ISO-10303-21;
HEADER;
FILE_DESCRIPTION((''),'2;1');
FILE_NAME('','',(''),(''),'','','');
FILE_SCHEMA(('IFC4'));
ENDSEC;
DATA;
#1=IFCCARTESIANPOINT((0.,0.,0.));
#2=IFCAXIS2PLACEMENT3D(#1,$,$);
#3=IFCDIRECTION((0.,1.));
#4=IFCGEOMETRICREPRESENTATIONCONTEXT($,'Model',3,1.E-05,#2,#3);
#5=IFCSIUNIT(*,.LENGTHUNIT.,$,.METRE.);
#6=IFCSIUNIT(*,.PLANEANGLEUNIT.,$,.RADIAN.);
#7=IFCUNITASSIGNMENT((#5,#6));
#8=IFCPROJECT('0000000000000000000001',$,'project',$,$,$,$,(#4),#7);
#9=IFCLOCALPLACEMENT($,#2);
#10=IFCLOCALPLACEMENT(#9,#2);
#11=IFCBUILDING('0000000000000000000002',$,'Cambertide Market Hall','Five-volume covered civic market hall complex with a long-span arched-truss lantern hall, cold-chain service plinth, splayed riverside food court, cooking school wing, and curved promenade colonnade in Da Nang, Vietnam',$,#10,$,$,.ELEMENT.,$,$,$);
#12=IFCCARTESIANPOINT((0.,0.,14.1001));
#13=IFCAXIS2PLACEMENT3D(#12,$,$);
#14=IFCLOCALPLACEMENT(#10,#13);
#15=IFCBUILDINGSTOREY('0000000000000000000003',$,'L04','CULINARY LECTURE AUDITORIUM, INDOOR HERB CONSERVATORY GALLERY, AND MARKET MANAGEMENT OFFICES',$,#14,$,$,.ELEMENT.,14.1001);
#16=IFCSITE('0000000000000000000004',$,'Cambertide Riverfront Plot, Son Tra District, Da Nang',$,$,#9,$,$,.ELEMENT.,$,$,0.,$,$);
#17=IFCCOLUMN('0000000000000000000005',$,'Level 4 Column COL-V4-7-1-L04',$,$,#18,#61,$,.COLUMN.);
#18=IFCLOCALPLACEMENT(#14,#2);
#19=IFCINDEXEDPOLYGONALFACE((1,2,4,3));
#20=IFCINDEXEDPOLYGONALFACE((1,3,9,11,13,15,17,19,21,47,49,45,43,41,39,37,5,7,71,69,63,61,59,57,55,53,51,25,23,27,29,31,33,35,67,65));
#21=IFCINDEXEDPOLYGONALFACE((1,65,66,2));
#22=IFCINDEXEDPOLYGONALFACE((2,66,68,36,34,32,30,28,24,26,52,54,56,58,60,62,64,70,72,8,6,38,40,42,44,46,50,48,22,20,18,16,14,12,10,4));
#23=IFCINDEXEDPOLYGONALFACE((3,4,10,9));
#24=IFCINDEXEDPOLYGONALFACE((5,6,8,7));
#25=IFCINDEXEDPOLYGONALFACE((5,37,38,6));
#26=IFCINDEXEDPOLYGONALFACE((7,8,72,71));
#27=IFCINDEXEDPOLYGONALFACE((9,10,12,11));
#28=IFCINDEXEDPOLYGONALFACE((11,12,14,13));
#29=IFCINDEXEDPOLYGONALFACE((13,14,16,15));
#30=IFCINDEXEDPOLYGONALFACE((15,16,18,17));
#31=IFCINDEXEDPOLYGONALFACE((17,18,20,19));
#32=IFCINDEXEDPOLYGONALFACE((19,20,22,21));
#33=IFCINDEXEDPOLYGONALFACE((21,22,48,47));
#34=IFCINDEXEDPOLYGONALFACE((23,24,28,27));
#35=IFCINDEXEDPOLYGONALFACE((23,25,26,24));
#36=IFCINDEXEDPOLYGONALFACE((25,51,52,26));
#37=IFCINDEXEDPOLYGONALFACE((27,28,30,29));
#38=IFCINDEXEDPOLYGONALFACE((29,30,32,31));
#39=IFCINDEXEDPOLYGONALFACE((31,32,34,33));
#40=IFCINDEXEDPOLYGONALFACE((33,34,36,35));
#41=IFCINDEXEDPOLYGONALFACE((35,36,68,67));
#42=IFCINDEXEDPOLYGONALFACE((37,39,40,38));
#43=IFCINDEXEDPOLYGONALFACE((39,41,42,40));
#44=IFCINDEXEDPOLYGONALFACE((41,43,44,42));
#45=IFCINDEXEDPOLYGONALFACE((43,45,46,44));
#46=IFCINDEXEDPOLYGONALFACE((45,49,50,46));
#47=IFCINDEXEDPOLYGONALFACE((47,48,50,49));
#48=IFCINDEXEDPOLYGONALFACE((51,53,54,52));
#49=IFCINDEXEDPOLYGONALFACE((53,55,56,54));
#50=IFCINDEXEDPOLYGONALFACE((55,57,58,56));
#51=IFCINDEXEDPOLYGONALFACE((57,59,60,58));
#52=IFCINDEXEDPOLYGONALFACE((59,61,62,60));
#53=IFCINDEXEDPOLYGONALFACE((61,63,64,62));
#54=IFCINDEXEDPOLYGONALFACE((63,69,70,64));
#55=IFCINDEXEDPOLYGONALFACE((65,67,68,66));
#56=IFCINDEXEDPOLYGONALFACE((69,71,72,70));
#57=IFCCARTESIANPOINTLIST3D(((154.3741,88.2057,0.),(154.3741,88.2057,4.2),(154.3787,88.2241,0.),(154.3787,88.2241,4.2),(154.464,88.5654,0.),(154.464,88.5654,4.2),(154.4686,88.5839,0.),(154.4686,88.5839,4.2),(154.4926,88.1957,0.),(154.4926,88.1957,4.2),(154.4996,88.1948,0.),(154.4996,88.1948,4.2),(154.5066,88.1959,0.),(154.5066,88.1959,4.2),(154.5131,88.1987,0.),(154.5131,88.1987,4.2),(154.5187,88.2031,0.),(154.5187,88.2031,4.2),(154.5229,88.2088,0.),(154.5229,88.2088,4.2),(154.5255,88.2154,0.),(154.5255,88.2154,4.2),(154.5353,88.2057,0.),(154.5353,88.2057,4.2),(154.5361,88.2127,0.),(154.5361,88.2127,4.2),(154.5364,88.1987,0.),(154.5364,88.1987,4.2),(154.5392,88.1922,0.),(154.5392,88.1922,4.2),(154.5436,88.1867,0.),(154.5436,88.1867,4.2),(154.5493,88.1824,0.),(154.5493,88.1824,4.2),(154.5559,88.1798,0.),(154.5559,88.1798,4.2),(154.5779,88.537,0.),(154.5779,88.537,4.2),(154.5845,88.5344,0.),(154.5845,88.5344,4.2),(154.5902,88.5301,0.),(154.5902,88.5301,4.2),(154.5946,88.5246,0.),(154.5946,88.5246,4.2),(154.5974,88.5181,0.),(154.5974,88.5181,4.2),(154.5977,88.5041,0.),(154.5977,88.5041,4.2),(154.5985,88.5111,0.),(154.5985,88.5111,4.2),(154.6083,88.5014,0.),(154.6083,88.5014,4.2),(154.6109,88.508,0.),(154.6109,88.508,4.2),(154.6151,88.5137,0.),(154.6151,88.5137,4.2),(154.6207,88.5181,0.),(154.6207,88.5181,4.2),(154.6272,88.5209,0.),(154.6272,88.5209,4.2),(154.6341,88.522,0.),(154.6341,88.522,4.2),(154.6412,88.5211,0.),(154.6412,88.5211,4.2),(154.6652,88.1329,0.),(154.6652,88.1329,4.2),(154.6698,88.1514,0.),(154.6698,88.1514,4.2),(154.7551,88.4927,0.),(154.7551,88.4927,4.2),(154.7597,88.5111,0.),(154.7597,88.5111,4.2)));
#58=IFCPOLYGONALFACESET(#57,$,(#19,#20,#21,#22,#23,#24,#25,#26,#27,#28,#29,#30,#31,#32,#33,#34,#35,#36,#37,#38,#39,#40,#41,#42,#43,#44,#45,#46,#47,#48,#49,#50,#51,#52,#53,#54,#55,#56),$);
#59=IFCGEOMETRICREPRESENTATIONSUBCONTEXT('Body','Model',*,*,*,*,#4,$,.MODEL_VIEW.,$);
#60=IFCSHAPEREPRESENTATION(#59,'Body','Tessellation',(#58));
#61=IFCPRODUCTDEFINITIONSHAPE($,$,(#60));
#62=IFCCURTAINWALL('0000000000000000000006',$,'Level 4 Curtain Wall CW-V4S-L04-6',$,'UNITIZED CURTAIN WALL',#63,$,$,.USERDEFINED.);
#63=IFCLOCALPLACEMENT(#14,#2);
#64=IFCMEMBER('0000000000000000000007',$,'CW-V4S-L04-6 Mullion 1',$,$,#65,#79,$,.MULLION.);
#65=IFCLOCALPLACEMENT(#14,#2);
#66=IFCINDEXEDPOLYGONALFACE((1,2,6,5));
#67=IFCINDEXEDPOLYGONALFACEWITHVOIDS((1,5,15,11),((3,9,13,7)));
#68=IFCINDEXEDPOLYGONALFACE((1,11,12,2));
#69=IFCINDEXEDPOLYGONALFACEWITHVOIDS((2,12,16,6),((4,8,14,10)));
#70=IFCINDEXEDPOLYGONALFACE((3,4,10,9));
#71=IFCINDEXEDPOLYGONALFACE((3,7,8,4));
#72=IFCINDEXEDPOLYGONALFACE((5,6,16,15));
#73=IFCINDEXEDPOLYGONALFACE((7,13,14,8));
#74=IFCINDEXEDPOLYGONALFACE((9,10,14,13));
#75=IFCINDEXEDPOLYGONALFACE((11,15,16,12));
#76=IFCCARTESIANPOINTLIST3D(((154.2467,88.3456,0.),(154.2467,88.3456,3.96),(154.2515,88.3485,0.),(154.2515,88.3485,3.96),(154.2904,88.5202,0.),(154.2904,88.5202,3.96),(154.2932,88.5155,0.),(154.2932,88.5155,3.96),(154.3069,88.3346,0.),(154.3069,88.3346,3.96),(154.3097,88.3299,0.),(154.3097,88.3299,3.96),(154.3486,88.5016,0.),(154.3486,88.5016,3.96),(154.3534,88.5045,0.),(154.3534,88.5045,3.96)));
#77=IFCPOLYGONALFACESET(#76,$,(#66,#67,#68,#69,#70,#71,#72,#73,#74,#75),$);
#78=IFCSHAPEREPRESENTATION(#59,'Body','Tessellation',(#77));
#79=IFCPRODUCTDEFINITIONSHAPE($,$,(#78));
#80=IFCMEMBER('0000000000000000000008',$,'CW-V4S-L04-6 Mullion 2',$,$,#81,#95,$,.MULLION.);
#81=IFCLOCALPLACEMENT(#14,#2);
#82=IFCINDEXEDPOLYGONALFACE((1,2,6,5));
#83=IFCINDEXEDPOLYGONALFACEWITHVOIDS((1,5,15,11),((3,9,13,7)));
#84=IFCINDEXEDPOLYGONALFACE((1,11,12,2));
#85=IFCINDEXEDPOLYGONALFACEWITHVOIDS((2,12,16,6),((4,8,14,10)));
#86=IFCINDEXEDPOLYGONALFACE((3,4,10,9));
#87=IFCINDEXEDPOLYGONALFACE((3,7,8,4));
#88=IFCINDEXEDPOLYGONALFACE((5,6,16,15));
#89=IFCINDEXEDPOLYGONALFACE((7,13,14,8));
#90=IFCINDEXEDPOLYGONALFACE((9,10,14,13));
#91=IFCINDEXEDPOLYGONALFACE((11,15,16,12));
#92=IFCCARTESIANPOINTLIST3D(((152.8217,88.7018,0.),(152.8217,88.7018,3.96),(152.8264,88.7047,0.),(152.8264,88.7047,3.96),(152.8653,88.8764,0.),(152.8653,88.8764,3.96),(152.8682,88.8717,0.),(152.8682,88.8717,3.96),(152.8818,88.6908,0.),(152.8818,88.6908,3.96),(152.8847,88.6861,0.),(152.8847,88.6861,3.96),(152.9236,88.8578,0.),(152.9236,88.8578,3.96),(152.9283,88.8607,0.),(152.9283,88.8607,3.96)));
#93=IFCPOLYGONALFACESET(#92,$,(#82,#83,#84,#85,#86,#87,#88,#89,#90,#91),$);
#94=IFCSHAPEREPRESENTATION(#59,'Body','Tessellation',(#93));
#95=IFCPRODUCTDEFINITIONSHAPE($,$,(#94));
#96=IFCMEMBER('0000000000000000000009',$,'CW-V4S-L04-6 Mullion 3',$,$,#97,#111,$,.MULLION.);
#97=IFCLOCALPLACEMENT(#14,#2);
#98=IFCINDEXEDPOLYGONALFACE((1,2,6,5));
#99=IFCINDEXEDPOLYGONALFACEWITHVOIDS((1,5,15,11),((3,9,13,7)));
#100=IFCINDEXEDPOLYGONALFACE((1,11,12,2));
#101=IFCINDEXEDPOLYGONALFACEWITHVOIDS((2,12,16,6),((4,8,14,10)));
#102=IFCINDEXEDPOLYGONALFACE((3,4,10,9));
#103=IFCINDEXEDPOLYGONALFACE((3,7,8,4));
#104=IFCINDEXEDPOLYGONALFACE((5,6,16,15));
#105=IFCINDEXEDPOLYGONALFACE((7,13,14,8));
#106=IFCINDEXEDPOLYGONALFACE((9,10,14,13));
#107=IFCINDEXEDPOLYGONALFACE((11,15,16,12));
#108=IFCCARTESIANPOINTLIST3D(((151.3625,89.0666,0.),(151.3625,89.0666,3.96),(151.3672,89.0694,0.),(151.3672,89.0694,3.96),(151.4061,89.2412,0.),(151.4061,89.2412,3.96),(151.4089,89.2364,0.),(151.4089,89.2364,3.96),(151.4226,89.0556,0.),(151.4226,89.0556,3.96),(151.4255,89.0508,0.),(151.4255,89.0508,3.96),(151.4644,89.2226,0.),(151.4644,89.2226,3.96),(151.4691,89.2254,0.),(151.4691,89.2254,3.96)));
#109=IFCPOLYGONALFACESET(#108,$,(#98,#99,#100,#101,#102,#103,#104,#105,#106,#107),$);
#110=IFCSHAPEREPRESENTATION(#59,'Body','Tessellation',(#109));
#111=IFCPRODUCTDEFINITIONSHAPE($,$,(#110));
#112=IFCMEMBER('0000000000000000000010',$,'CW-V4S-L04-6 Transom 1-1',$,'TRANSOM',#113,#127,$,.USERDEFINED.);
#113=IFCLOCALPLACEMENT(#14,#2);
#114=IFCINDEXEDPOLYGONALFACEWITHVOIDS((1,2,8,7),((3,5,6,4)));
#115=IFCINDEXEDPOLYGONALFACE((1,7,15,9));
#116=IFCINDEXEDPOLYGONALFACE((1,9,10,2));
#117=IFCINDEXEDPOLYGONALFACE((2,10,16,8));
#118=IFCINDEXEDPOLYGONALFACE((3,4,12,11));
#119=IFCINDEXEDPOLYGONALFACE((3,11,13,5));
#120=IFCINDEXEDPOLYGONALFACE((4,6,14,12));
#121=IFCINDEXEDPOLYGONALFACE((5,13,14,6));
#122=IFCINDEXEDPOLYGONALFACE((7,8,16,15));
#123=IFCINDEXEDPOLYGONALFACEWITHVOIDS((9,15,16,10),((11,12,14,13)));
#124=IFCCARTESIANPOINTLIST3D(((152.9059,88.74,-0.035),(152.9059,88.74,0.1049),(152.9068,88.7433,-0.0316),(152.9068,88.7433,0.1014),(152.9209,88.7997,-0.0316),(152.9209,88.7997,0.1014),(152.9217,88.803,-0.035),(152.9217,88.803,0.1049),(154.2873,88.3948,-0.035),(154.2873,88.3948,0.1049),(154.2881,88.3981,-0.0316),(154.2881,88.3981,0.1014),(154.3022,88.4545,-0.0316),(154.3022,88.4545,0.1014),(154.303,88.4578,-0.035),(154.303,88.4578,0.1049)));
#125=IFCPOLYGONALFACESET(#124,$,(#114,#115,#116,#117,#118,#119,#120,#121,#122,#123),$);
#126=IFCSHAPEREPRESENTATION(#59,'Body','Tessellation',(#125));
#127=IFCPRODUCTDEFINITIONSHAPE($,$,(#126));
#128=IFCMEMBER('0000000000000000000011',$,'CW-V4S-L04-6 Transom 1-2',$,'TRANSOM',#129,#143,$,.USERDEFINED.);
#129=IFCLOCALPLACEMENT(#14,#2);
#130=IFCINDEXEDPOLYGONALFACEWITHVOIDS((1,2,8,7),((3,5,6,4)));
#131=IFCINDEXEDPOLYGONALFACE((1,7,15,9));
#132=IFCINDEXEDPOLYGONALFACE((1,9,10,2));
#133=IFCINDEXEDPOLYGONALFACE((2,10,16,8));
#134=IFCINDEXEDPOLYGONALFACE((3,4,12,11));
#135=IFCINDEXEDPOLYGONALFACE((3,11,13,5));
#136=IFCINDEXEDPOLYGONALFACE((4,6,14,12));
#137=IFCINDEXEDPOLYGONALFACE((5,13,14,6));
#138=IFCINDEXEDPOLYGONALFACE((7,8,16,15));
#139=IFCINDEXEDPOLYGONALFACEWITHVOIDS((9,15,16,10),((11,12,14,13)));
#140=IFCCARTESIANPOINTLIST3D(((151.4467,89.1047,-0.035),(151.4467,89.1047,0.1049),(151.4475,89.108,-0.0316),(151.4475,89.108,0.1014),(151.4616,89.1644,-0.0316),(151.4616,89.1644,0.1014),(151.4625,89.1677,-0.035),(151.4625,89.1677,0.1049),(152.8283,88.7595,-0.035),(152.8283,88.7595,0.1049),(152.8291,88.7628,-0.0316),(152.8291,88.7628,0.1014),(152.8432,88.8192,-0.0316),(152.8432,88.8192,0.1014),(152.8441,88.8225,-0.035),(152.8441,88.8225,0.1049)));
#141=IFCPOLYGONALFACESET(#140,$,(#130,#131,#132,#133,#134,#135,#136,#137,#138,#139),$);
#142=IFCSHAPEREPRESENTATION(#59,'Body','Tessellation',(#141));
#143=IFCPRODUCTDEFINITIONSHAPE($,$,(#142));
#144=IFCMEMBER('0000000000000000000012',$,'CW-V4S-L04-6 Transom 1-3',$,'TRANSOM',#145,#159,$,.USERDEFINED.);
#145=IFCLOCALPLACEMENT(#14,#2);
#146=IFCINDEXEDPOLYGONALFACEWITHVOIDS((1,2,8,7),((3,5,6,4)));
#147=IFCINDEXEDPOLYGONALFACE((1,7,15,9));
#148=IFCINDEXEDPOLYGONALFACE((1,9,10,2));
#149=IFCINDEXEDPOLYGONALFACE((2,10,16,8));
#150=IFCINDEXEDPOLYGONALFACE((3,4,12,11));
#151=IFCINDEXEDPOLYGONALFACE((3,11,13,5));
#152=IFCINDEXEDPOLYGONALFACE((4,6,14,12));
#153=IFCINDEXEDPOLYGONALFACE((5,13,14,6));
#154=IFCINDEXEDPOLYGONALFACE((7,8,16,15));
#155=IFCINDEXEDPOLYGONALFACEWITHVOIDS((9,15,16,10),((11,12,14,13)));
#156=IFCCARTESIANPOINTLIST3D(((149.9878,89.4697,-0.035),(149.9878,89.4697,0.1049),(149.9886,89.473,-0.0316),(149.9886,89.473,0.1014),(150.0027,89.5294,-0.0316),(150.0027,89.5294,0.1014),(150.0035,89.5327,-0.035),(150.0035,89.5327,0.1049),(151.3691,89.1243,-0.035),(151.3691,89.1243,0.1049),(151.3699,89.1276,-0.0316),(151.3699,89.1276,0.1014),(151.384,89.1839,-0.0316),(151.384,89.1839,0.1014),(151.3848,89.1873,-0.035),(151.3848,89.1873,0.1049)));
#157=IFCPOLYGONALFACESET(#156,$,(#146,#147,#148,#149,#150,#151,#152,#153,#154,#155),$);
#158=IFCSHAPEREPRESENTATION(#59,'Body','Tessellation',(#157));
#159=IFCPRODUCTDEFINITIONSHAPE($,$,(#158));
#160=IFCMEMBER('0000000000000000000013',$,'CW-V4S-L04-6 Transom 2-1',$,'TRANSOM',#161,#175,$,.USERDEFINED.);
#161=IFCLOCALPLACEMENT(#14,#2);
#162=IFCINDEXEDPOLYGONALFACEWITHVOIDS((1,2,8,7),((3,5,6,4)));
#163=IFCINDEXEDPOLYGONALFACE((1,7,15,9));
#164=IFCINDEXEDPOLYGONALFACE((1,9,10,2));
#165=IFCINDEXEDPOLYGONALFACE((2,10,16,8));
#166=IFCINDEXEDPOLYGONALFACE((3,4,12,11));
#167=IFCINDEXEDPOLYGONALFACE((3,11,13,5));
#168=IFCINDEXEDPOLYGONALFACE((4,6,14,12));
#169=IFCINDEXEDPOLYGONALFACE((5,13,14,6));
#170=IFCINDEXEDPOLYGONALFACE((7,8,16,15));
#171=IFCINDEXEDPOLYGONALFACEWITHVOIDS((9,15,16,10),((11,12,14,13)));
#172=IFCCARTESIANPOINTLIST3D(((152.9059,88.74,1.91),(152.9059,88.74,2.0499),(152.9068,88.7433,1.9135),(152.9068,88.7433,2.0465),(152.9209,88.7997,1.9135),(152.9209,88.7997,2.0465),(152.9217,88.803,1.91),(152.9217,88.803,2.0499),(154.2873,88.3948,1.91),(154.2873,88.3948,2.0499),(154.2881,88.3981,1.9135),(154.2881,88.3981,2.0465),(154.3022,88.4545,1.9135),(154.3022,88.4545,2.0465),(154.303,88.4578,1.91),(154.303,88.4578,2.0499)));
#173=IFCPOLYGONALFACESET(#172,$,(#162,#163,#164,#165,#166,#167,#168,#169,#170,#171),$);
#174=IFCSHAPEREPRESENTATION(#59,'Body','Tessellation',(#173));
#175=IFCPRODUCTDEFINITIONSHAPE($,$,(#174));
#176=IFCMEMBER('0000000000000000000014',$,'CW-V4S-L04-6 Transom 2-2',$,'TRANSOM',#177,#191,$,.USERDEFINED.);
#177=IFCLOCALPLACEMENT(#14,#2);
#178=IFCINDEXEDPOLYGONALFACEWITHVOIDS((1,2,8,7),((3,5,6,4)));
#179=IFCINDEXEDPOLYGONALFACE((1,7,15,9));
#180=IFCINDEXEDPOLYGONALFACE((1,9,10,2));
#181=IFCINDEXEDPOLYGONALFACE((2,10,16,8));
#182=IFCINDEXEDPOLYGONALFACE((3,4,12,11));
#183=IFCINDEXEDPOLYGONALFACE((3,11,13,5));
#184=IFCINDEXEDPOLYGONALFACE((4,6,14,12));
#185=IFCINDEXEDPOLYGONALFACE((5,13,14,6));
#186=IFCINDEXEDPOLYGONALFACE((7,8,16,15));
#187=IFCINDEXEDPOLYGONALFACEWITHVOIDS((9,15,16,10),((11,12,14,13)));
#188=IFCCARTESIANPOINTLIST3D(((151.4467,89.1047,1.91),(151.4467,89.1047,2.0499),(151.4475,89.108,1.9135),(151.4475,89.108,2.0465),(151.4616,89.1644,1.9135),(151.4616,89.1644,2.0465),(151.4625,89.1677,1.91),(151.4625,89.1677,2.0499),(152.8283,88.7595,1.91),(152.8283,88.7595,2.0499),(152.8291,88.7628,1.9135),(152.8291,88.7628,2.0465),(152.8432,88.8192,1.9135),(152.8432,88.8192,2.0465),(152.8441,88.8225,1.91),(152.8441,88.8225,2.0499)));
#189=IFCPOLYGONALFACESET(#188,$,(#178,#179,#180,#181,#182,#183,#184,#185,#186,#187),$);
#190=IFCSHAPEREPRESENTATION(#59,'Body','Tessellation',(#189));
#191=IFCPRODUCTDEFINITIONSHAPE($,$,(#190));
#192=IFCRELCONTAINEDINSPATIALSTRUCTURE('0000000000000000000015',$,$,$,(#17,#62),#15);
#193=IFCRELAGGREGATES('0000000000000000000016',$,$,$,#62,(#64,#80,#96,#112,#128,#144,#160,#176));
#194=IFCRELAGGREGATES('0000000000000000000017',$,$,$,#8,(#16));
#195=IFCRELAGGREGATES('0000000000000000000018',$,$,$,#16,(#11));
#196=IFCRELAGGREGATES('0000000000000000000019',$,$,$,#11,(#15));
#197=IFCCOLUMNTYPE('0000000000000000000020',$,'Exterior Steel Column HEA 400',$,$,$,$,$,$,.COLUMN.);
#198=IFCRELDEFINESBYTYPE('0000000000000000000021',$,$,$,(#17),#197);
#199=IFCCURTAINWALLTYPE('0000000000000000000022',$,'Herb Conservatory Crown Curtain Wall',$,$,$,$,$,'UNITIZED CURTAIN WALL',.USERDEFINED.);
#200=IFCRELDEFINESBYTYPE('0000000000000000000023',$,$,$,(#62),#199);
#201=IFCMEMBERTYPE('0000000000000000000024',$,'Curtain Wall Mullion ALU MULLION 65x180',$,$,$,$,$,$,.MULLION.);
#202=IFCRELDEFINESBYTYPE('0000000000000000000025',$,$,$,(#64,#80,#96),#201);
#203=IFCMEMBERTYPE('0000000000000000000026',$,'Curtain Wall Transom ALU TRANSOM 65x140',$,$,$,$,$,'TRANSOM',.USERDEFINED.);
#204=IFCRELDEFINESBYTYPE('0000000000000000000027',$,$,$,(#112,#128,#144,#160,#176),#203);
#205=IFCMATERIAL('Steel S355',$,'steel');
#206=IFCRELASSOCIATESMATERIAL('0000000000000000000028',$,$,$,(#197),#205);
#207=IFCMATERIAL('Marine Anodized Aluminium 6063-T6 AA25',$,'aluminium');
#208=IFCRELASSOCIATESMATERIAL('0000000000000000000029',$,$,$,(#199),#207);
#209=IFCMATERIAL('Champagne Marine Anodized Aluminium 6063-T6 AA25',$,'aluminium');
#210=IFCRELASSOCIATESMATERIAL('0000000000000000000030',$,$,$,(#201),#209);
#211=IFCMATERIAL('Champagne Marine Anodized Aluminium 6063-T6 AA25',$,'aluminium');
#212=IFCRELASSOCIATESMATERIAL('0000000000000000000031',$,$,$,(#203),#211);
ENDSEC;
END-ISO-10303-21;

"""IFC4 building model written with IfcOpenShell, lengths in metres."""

from ifc_helpers import new_model, si_unit, direction, frame, origin, origin_2d, place, context, subcontext, project, spatial, hollow_rectangle, i_section, extrude, material, material_profile, profile_set, type_object, element, aggregate, save


model = new_model("IFC4")

# Units and contexts
model_context = context("Model", 3, precision=1e-05, world=origin(), true_north=direction((0.0, 1.0)))
body_context = subcontext(model_context, "Body", "Model", "MODEL_VIEW")
ifc_project = project(units=[si_unit("LENGTHUNIT", "METRE"), si_unit("PLANEANGLEUNIT", "RADIAN")], contexts=[model_context])

# Site, building, storey
site_placement = place(None, origin())
site = spatial("IfcSite", under=ifc_project, at=site_placement, Name="Cambertide Riverfront Plot, Son Tra District, Da Nang", CompositionType="ELEMENT", RefElevation=0.0)
building_placement = place(site_placement, origin())
building = spatial("IfcBuilding", under=site, at=building_placement, Name="Cambertide Market Hall", Description="Five-volume covered civic market hall complex with a long-span arched-truss lantern hall, cold-chain service plinth, splayed riverside food court, cooking school wing, and curved promenade colonnade in Da Nang, Vietnam", CompositionType="ELEMENT")
storey_placement = place(building_placement, frame((0.0, 0.0, 14.1001)))
storey = spatial("IfcBuildingStorey", under=building, at=storey_placement, Name="L04", Description="CULINARY LECTURE AUDITORIUM, INDOOR HERB CONSERVATORY GALLERY, AND MARKET MANAGEMENT OFFICES", CompositionType="ELEMENT", Elevation=14.1001)

# Column
ifc_material_1 = material(Name="Steel S355", Category="steel")
ifc_material_profile_1 = material_profile(ifc_material_1, i_section(OverallWidth=0.3, OverallDepth=0.3899, WebThickness=0.011, FlangeThickness=0.019, FilletRadius=0.0271, at=origin_2d()), Name="HEA 400")
ifc_profile_set_1 = profile_set([ifc_material_profile_1], Name="Steel S355")
column_type = type_object("IfcColumnType", Name="Exterior Steel Column HEA 400", PredefinedType="COLUMN", material=ifc_profile_set_1)
column_placement = place(storey_placement, frame((154.5669, 88.3584, 0.0), z_axis=(0.0, 0.0, 1.0), x_axis=(0.970143, -0.242536, 0.0)))
element("IfcColumn", 1, at=column_placement, inside=storey, type_object=column_type, Name="Level 4 Column COL-V4-7-1-L04", PredefinedType="COLUMN", context=body_context, shape_type="SweptSolid", body=[
    extrude(i_section(OverallWidth=0.3, OverallDepth=0.3899, WebThickness=0.011, FlangeThickness=0.019, FilletRadius=0.0271, at=origin_2d()), origin(), (0.0, 0.0, 1.0), 4.2),
])

# Curtain wall, members
ifc_material_2 = material(Name="Marine Anodized Aluminium 6063-T6 AA25", Category="aluminium")
curtain_wall_type = type_object("IfcCurtainWallType", Name="Herb Conservatory Crown Curtain Wall", ElementType="UNITIZED CURTAIN WALL", PredefinedType="USERDEFINED", material=ifc_material_2)
curtain_wall_placement = place(storey_placement, origin())
curtain_wall = element("IfcCurtainWall", 2, at=curtain_wall_placement, inside=storey, type_object=curtain_wall_type, Name="Level 4 Curtain Wall CW-V4S-L04-6", ObjectType="UNITIZED CURTAIN WALL", PredefinedType="USERDEFINED")
ifc_material_3 = material(Name="Champagne Marine Anodized Aluminium 6063-T6 AA25", Category="aluminium")
ifc_material_profile_2 = material_profile(ifc_material_3, hollow_rectangle(XDim=0.0649, YDim=0.1799, WallThickness=0.0039, at=origin_2d()), Name="ALU MULLION 65x180")
ifc_profile_set_2 = profile_set([ifc_material_profile_2], Name="Champagne Marine Anodized Aluminium 6063-T6 AA25")
member_type_1 = type_object("IfcMemberType", Name="Curtain Wall Mullion ALU MULLION 65x180", PredefinedType="MULLION", material=ifc_profile_set_2)
member_1_placement = place(storey_placement, frame((154.3, 88.425, 0.0), z_axis=(0.0, 0.0, 1.0), x_axis=(-0.970143, 0.242535, 0.0)))
member_1 = element("IfcMember", 3, at=member_1_placement, type_object=member_type_1, Name="CW-V4S-L04-6 Mullion 1", PredefinedType="MULLION", context=body_context, shape_type="SweptSolid", body=[
    extrude(hollow_rectangle(XDim=0.0649, YDim=0.1799, WallThickness=0.0039, at=origin_2d()), origin(), (0.0, 0.0, 1.0), 3.96),
])
member_2_placement = place(storey_placement, frame((152.875, 88.7812, 0.0), z_axis=(0.0, 0.0, 1.0), x_axis=(-0.970143, 0.242535, 0.0)))
member_2 = element("IfcMember", 4, at=member_2_placement, type_object=member_type_1, Name="CW-V4S-L04-6 Mullion 2", PredefinedType="MULLION", context=body_context, shape_type="SweptSolid", body=[
    extrude(hollow_rectangle(XDim=0.0649, YDim=0.1799, WallThickness=0.0039, at=origin_2d()), origin(), (0.0, 0.0, 1.0), 3.96),
])
member_3_placement = place(storey_placement, frame((151.4158, 89.146, 0.0), z_axis=(0.0, 0.0, 1.0), x_axis=(-0.970143, 0.242535, 0.0)))
member_3 = element("IfcMember", 5, at=member_3_placement, type_object=member_type_1, Name="CW-V4S-L04-6 Mullion 3", PredefinedType="MULLION", context=body_context, shape_type="SweptSolid", body=[
    extrude(hollow_rectangle(XDim=0.0649, YDim=0.1799, WallThickness=0.0039, at=origin_2d()), origin(), (0.0, 0.0, 1.0), 3.96),
])
ifc_material_4 = material(Name="Champagne Marine Anodized Aluminium 6063-T6 AA25", Category="aluminium")
ifc_material_profile_3 = material_profile(ifc_material_4, hollow_rectangle(XDim=0.0649, YDim=0.1399, WallThickness=0.0034, at=origin_2d()), Name="ALU TRANSOM 65x140")
ifc_profile_set_3 = profile_set([ifc_material_profile_3], Name="Champagne Marine Anodized Aluminium 6063-T6 AA25")
member_type_2 = type_object("IfcMemberType", Name="Curtain Wall Transom ALU TRANSOM 65x140", ElementType="TRANSOM", PredefinedType="USERDEFINED", material=ifc_profile_set_3)
member_4_placement = place(storey_placement, frame((154.2952, 88.4263, 0.0349), z_axis=(-0.970163, 0.242455, 0.0), x_axis=(-0.242455, -0.970163, 0.0)))
member_4 = element("IfcMember", 6, at=member_4_placement, type_object=member_type_2, Name="CW-V4S-L04-6 Transom 1-1", ObjectType="TRANSOM", PredefinedType="USERDEFINED", context=body_context, shape_type="SweptSolid", body=[
    extrude(hollow_rectangle(XDim=0.0649, YDim=0.1399, WallThickness=0.0034, at=origin_2d()), origin(), (0.0, 0.0, 1.0), 1.4238),
])
member_5_placement = place(storey_placement, frame((152.8362, 88.791, 0.0349), z_axis=(-0.970173, 0.242415, 0.0), x_axis=(-0.242415, -0.970173, 0.0)))
member_5 = element("IfcMember", 7, at=member_5_placement, type_object=member_type_2, Name="CW-V4S-L04-6 Transom 1-2", ObjectType="TRANSOM", PredefinedType="USERDEFINED", context=body_context, shape_type="SweptSolid", body=[
    extrude(hollow_rectangle(XDim=0.0649, YDim=0.1399, WallThickness=0.0034, at=origin_2d()), origin(), (0.0, 0.0, 1.0), 1.4241),
])
member_6_placement = place(storey_placement, frame((151.377, 89.1558, 0.0349), z_axis=(-0.970122, 0.242616, 0.0), x_axis=(-0.242616, -0.970122, 0.0)))
member_6 = element("IfcMember", 8, at=member_6_placement, type_object=member_type_2, Name="CW-V4S-L04-6 Transom 1-3", ObjectType="TRANSOM", PredefinedType="USERDEFINED", context=body_context, shape_type="SweptSolid", body=[
    extrude(hollow_rectangle(XDim=0.0649, YDim=0.1399, WallThickness=0.0034, at=origin_2d()), origin(), (0.0, 0.0, 1.0), 1.4238),
])
member_7_placement = place(storey_placement, frame((154.2952, 88.4263, 1.98), z_axis=(-0.970163, 0.242455, 0.0), x_axis=(-0.242455, -0.970163, 0.0)))
member_7 = element("IfcMember", 9, at=member_7_placement, type_object=member_type_2, Name="CW-V4S-L04-6 Transom 2-1", ObjectType="TRANSOM", PredefinedType="USERDEFINED", context=body_context, shape_type="SweptSolid", body=[
    extrude(hollow_rectangle(XDim=0.0649, YDim=0.1399, WallThickness=0.0034, at=origin_2d()), origin(), (0.0, 0.0, 1.0), 1.4238),
])
member_8_placement = place(storey_placement, frame((152.8362, 88.791, 1.98), z_axis=(-0.970173, 0.242415, 0.0), x_axis=(-0.242415, -0.970173, 0.0)))
member_8 = element("IfcMember", 10, at=member_8_placement, type_object=member_type_2, Name="CW-V4S-L04-6 Transom 2-2", ObjectType="TRANSOM", PredefinedType="USERDEFINED", context=body_context, shape_type="SweptSolid", body=[
    extrude(hollow_rectangle(XDim=0.0649, YDim=0.1399, WallThickness=0.0034, at=origin_2d()), origin(), (0.0, 0.0, 1.0), 1.4241),
])
aggregate(curtain_wall, [member_1, member_2, member_3, member_4, member_5, member_6, member_7, member_8])

save(model, "model.ifc")
